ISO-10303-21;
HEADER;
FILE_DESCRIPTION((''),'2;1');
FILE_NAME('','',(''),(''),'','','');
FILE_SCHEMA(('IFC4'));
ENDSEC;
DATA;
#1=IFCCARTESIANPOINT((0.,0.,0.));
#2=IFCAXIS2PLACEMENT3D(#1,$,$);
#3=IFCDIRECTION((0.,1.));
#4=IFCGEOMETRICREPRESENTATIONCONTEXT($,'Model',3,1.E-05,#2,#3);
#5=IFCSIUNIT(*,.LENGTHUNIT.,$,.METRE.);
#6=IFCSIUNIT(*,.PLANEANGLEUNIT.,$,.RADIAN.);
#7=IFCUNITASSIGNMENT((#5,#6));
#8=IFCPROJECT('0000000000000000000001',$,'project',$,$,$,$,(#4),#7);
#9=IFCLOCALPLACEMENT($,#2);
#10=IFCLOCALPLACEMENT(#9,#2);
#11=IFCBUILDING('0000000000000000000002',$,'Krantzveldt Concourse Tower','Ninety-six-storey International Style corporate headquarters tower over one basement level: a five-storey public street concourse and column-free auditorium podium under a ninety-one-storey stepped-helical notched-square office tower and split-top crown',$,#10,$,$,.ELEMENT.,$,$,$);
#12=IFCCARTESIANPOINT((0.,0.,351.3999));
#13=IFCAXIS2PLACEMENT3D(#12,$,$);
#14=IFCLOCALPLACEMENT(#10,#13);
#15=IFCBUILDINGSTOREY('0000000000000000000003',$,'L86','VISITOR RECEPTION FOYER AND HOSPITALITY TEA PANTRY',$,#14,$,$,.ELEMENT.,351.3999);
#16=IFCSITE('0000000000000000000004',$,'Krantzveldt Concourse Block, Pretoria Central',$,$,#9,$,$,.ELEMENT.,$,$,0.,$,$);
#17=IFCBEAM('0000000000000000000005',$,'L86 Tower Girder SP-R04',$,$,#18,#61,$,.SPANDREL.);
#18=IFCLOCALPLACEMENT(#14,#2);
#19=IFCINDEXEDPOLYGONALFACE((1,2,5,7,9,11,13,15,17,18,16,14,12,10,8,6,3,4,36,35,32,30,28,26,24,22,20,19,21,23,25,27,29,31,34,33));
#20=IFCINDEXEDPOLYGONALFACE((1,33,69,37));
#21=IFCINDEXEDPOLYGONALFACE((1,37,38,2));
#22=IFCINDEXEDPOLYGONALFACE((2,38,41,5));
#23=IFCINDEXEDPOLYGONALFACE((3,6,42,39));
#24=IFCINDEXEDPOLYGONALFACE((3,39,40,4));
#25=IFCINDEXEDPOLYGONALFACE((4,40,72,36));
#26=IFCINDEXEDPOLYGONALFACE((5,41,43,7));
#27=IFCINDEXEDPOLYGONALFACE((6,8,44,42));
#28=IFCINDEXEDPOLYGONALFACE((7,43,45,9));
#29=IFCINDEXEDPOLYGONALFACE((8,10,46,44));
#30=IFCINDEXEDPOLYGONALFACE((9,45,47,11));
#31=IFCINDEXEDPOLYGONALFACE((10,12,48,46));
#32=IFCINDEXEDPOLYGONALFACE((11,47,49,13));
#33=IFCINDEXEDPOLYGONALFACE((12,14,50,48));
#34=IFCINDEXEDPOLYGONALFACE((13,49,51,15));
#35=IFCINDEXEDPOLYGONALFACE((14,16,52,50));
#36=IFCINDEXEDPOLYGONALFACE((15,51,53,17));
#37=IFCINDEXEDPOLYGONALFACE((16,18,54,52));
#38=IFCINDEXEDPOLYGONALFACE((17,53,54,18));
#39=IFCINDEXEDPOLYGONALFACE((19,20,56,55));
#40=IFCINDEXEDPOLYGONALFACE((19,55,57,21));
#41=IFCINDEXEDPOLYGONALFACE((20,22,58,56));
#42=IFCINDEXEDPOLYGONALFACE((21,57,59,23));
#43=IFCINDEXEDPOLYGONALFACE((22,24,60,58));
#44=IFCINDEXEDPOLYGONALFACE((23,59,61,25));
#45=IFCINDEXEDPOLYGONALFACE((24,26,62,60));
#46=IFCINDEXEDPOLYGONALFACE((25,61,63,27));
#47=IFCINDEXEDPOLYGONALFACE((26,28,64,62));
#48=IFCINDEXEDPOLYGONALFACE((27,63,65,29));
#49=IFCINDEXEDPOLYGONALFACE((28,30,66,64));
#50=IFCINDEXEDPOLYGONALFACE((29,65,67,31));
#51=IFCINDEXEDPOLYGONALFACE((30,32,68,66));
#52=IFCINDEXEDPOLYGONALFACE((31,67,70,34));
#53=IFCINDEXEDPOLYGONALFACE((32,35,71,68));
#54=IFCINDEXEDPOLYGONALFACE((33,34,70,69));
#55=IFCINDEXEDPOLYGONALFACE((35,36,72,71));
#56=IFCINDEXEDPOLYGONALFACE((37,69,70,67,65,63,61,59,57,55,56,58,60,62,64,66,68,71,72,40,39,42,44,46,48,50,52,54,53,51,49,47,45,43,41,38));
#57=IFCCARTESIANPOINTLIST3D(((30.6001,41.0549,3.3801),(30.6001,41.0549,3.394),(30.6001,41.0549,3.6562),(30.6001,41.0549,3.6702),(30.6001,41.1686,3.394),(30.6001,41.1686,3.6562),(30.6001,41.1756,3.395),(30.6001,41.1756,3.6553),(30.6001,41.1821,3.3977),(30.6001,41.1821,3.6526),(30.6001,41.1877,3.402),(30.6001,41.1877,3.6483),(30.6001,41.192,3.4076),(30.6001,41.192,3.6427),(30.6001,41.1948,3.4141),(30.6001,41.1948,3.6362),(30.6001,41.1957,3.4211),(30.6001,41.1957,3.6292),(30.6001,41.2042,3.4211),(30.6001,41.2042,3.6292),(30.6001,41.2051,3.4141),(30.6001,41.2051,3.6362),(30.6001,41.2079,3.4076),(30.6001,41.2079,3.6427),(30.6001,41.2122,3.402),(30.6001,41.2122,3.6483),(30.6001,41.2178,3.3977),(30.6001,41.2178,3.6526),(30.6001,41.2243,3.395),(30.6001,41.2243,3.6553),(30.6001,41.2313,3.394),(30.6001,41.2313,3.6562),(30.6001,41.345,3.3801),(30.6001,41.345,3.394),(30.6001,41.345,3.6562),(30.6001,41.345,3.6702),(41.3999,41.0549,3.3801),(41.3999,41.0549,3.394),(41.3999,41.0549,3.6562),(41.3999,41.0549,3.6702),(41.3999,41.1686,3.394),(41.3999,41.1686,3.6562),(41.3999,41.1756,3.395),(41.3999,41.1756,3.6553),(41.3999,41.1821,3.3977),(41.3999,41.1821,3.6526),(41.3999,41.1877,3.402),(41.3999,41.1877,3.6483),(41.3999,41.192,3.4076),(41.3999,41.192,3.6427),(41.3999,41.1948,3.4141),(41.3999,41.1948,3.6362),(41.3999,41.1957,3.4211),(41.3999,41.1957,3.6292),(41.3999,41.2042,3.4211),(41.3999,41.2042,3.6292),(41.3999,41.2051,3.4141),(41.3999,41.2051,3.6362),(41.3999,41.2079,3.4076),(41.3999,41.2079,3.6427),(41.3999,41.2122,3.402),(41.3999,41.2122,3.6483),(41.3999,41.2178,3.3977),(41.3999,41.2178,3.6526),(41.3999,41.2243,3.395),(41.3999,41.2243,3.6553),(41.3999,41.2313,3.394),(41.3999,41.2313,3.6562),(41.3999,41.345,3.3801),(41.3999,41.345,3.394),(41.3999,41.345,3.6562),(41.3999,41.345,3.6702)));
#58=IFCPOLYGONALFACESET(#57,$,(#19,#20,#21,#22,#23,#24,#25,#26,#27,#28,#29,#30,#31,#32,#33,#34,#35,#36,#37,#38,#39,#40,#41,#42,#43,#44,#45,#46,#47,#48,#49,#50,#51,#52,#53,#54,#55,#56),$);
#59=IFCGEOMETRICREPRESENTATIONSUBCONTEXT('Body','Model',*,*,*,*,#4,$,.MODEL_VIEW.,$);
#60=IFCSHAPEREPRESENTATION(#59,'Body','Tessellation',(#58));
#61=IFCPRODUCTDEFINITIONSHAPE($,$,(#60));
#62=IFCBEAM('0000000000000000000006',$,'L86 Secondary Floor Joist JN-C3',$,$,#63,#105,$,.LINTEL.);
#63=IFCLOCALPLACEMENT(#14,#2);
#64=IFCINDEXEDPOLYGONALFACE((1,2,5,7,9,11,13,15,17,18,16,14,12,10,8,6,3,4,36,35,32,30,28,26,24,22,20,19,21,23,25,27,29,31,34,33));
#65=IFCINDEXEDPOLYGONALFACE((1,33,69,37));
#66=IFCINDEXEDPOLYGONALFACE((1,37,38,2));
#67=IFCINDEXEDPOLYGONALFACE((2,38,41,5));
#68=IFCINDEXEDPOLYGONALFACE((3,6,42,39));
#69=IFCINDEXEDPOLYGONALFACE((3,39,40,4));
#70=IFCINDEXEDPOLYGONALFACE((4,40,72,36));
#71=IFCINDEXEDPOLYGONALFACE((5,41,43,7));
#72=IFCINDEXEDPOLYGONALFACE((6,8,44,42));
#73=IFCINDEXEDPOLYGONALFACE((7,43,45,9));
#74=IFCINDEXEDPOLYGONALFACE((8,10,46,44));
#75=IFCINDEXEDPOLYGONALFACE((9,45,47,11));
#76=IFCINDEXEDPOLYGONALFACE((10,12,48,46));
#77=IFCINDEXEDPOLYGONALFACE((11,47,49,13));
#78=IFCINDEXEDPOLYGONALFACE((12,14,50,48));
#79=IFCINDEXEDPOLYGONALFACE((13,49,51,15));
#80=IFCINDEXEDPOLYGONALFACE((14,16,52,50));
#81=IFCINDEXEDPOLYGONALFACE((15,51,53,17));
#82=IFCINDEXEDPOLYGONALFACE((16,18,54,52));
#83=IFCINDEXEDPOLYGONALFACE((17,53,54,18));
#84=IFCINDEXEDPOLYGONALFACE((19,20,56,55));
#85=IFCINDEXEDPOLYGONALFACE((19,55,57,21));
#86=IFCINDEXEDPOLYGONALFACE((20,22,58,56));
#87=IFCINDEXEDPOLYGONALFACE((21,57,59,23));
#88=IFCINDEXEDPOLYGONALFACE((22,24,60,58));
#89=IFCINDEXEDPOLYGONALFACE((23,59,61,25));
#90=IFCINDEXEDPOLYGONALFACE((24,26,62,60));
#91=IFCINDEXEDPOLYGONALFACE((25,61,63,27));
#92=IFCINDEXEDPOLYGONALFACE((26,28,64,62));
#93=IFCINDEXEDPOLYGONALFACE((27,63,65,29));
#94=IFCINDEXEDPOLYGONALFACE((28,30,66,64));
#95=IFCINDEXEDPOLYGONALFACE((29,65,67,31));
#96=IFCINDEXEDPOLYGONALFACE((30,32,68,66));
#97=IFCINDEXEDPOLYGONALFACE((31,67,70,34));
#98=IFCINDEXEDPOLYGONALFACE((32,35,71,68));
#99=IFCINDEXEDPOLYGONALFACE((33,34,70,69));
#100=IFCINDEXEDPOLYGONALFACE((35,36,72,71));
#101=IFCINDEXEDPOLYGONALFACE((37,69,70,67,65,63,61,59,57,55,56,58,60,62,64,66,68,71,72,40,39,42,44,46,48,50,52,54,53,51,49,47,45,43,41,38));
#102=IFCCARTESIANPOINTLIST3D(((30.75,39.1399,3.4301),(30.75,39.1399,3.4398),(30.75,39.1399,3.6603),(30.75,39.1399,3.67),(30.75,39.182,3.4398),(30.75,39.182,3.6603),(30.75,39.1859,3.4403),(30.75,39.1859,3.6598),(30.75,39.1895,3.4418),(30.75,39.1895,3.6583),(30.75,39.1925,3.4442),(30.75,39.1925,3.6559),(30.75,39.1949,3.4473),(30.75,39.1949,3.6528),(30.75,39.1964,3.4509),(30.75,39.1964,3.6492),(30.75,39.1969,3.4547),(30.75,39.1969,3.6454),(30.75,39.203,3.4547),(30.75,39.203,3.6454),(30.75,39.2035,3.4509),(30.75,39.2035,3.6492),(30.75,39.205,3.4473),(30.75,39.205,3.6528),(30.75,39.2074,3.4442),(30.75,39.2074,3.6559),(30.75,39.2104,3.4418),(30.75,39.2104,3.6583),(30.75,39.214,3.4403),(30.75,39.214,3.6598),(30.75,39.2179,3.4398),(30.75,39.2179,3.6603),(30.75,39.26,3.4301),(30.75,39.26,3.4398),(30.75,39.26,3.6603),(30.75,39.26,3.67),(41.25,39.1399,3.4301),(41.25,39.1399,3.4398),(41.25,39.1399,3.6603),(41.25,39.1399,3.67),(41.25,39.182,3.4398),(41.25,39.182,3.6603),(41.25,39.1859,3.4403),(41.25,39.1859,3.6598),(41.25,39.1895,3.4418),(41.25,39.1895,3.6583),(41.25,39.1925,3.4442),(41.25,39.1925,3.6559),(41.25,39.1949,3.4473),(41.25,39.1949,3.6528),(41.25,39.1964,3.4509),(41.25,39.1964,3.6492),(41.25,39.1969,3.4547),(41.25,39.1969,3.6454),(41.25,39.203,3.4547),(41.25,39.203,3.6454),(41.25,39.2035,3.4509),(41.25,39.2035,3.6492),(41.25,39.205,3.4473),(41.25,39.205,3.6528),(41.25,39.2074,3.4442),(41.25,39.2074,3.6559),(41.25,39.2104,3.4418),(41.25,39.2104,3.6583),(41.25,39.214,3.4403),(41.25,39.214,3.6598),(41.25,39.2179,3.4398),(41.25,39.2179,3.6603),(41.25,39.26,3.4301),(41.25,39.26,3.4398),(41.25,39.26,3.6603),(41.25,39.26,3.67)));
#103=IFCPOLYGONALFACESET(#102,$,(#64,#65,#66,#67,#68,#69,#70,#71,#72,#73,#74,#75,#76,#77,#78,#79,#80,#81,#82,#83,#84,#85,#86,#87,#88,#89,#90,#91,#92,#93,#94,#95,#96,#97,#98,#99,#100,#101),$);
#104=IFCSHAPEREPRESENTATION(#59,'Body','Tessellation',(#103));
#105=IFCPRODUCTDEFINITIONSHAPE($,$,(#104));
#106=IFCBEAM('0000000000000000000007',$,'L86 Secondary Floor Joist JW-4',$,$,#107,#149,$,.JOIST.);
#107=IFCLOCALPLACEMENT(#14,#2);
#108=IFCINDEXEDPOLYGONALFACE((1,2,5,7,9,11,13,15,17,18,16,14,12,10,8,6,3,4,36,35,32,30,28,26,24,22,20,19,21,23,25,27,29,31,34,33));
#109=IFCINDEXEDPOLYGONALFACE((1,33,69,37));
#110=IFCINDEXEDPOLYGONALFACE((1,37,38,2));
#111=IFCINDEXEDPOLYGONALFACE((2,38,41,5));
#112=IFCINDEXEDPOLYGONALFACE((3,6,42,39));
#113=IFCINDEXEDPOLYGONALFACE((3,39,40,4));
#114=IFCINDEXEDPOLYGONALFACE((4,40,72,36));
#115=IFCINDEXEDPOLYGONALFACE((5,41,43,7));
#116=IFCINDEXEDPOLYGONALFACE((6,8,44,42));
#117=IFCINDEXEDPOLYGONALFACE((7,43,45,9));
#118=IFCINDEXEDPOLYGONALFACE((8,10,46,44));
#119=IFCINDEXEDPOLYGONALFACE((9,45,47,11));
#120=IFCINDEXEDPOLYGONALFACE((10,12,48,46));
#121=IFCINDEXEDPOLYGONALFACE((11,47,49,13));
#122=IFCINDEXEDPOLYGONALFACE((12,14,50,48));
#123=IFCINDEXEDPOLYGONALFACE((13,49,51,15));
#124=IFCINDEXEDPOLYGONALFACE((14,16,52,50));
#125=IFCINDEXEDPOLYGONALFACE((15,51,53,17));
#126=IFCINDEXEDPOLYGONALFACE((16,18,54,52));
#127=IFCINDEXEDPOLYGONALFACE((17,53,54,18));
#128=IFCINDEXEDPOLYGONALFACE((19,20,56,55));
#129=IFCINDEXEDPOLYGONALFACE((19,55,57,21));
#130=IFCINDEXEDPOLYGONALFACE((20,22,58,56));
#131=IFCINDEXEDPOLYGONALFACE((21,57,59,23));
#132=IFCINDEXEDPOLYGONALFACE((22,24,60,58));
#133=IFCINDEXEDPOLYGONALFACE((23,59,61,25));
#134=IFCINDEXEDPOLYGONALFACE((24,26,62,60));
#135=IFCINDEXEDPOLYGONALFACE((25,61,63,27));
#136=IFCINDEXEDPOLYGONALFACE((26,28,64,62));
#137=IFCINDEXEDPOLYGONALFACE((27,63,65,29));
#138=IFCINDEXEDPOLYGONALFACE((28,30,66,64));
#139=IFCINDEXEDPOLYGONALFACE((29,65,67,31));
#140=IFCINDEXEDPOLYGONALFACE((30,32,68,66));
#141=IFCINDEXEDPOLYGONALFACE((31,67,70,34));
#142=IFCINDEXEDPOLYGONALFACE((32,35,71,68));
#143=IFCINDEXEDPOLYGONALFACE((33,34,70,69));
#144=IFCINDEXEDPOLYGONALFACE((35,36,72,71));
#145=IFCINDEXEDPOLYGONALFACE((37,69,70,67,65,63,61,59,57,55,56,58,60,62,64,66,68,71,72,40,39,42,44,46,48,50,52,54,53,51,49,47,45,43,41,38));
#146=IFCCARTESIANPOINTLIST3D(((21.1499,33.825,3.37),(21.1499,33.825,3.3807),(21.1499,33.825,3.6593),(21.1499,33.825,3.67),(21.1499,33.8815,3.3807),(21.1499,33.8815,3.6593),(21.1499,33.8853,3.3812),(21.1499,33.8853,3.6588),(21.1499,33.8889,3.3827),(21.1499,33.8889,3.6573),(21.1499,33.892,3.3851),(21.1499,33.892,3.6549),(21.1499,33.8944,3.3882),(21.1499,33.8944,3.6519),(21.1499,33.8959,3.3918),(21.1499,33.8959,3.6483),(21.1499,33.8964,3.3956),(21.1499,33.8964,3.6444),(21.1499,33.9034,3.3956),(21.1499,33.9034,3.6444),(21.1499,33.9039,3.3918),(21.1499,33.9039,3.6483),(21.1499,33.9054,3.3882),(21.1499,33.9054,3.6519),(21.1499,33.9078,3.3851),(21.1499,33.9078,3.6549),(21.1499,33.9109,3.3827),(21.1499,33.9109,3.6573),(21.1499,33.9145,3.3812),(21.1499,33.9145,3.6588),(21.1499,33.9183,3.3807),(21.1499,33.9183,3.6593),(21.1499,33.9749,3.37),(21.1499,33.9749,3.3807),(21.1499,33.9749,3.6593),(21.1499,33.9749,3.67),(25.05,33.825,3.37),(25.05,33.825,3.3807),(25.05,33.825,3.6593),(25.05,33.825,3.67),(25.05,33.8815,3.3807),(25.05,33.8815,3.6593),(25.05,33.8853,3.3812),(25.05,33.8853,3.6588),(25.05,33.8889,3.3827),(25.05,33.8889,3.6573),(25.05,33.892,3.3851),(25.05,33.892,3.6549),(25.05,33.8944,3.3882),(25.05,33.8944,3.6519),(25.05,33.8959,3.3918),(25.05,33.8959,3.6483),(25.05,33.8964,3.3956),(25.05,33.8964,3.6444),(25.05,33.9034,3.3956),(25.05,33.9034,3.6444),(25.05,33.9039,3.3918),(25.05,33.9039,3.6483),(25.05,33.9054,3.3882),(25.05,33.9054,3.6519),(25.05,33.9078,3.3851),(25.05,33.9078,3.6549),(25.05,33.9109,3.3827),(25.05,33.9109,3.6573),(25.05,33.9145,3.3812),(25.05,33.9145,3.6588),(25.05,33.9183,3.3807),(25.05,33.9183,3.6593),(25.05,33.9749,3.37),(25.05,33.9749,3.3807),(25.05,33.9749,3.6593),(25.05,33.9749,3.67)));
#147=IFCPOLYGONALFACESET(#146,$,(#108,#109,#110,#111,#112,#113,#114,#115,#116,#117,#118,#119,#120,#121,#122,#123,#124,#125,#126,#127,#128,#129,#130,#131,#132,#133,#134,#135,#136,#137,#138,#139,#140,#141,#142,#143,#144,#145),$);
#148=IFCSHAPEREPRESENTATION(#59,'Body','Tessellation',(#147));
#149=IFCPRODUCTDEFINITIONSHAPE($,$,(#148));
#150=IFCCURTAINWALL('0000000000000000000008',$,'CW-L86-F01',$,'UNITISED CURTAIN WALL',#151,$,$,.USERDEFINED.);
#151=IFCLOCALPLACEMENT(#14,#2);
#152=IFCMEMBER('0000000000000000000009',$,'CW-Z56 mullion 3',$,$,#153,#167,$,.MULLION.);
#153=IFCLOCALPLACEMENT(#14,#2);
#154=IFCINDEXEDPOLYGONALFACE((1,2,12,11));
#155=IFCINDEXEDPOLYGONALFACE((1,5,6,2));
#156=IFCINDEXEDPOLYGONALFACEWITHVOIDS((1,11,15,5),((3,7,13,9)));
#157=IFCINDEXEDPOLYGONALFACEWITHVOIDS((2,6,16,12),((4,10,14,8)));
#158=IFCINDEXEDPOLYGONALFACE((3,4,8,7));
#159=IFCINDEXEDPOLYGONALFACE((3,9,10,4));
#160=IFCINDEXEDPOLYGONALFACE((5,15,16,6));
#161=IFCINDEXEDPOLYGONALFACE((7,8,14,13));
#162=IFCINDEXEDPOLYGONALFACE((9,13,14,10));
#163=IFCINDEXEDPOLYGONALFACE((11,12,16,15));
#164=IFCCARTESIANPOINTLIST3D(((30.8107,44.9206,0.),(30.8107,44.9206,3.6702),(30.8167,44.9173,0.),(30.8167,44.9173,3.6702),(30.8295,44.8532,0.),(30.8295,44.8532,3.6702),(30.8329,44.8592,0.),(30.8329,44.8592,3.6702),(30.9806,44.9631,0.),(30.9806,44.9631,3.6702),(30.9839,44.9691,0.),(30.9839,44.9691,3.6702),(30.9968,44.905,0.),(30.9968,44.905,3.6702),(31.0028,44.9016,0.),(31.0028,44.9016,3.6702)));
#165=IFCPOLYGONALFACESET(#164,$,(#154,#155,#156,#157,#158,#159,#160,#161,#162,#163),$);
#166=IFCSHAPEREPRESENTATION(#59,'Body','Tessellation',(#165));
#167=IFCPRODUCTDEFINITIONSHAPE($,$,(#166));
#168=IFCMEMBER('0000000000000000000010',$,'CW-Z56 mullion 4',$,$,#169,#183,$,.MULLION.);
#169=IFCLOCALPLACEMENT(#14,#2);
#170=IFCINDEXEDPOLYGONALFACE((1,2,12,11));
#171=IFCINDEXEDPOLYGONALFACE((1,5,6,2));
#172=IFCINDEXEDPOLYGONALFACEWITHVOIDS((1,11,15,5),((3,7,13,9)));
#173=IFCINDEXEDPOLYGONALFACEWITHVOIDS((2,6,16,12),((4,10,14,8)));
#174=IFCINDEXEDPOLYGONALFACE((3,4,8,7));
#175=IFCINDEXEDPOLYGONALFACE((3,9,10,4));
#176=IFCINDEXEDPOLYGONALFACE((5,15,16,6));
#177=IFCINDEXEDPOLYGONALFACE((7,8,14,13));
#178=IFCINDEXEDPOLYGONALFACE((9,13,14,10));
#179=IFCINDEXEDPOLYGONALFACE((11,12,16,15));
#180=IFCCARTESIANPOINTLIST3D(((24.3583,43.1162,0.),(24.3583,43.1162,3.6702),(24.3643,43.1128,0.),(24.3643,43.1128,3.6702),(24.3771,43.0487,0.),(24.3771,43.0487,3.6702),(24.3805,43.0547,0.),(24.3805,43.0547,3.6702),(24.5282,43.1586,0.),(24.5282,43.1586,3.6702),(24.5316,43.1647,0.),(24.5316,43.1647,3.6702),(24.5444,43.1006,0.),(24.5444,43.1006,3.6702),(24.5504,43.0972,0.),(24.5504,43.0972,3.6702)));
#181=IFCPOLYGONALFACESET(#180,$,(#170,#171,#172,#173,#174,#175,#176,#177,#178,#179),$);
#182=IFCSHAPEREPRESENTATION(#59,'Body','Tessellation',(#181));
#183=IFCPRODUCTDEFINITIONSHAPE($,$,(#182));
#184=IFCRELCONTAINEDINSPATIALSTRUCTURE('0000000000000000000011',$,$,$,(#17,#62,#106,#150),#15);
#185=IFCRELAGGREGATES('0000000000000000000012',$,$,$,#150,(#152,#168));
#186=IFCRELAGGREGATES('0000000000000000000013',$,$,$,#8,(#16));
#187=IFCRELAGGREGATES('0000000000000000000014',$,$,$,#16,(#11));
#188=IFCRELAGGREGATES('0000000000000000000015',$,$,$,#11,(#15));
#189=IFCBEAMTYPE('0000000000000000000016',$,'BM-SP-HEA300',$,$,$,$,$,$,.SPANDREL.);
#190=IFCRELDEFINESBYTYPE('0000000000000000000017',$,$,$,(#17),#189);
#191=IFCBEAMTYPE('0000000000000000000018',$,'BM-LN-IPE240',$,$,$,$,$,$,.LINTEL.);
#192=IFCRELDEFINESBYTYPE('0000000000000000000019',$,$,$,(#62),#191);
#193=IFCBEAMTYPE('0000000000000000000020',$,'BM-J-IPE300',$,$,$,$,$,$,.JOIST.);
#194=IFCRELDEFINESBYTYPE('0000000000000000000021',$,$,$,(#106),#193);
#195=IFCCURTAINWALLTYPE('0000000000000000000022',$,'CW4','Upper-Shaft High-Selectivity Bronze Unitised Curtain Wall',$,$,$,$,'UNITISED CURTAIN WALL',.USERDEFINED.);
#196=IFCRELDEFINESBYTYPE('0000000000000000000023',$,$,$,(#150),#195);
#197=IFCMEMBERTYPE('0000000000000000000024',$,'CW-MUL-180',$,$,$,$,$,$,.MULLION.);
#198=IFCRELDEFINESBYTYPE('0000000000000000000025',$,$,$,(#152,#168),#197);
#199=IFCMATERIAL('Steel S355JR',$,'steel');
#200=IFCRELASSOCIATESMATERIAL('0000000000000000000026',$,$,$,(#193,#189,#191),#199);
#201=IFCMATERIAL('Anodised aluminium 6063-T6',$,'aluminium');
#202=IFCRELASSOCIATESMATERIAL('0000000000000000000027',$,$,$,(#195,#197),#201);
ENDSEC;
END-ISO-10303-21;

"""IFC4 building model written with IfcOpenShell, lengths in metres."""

from ifc_helpers import new_model, si_unit, direction, frame, origin, origin_2d, place, context, subcontext, project, spatial, hollow_rectangle, i_section, extrude, source, transform, mapped, material, material_profile, profile_set, type_object, type_shapes, element, aggregate, save


model = new_model("IFC4")

# Units and contexts
model_context = context("Model", 3, precision=1e-05, world=origin(), true_north=direction((0.0, 1.0)))
body_context = subcontext(model_context, "Body", "Model", "MODEL_VIEW")
ifc_project = project(units=[si_unit("LENGTHUNIT", "METRE"), si_unit("PLANEANGLEUNIT", "RADIAN")], contexts=[model_context])

# Site, building, storey
site_placement = place(None, origin())
site = spatial("IfcSite", under=ifc_project, at=site_placement, Name="Krantzveldt Concourse Block, Pretoria Central", CompositionType="ELEMENT", RefElevation=0.0)
building_placement = place(site_placement, origin())
building = spatial("IfcBuilding", under=site, at=building_placement, Name="Krantzveldt Concourse Tower", Description="Ninety-six-storey International Style corporate headquarters tower over one basement level: a five-storey public street concourse and column-free auditorium podium under a ninety-one-storey stepped-helical notched-square office tower and split-top crown", CompositionType="ELEMENT")
storey_placement = place(building_placement, frame((0.0, 0.0, 351.3999)))
storey = spatial("IfcBuildingStorey", under=building, at=storey_placement, Name="L86", Description="VISITOR RECEPTION FOYER AND HOSPITALITY TEA PANTRY", CompositionType="ELEMENT", Elevation=351.3999)

# Beams
ifc_material_1 = material(Name="Steel S355JR", Category="steel")
ifc_material_profile_1 = material_profile(ifc_material_1, i_section(OverallWidth=0.1499, OverallDepth=0.3, WebThickness=0.0071, FlangeThickness=0.0107, FilletRadius=0.0149, at=origin_2d()), Name="Steel S355JR", Category="steel")
ifc_profile_set_1 = profile_set([ifc_material_profile_1], Name="Steel S355JR - IPE 300")
beam_type_1 = type_object("IfcBeamType", Name="BM-J-IPE300", PredefinedType="JOIST", material=ifc_profile_set_1)
ifc_material_profile_2 = material_profile(ifc_material_1, i_section(OverallWidth=0.29, OverallDepth=0.29, WebThickness=0.0085, FlangeThickness=0.0139, FilletRadius=0.0271, at=origin_2d()), Name="Steel S355JR", Category="steel")
ifc_profile_set_2 = profile_set([ifc_material_profile_2], Name="Steel S355JR - HEA 300")
beam_type_2 = type_object("IfcBeamType", Name="BM-SP-HEA300", PredefinedType="SPANDREL", material=ifc_profile_set_2)
shared_shape_1 = source(origin(), body_context, "Body", "SweptSolid", [
    extrude(i_section(OverallWidth=0.29, OverallDepth=0.29, WebThickness=0.0085, FlangeThickness=0.0139, FilletRadius=0.0271, at=origin_2d()), origin(), (0.0, 0.0, 1.0), 10.7998),
])
beam_1_placement = place(storey_placement, frame((30.6001, 41.2, 3.5251), z_axis=(1.0, 0.0, 0.0), x_axis=(0.0, 1.0, 0.0)))
element("IfcBeam", 1, at=beam_1_placement, inside=storey, type_object=beam_type_2, Name="L86 Tower Girder SP-R04", PredefinedType="SPANDREL", context=body_context, shape_type="MappedRepresentation", body=[
    mapped(shared_shape_1, transform((0.0, 0.0, 0.0), x_axis=(1.0, 0.0, 0.0), y_axis=(0.0, 1.0, 0.0), z_axis=(0.0, 0.0, 1.0), scale=1.0)),
])
ifc_material_profile_3 = material_profile(ifc_material_1, i_section(OverallWidth=0.1201, OverallDepth=0.24, WebThickness=0.0061, FlangeThickness=0.0098, FilletRadius=0.0149, at=origin_2d()), Name="Steel S355JR", Category="steel")
ifc_profile_set_3 = profile_set([ifc_material_profile_3], Name="Steel S355JR - IPE 240")
beam_type_3 = type_object("IfcBeamType", Name="BM-LN-IPE240", PredefinedType="LINTEL", material=ifc_profile_set_3)
shared_shape_2 = source(origin(), body_context, "Body", "SweptSolid", [
    extrude(i_section(OverallWidth=0.1201, OverallDepth=0.24, WebThickness=0.0061, FlangeThickness=0.0098, FilletRadius=0.0149, at=origin_2d()), origin(), (0.0, 0.0, 1.0), 10.5),
])
type_shapes(beam_type_3, [shared_shape_2])
beam_2_placement = place(storey_placement, frame((30.75, 39.2, 3.55), z_axis=(1.0, 0.0, 0.0), x_axis=(0.0, 1.0, 0.0)))
element("IfcBeam", 2, at=beam_2_placement, inside=storey, type_object=beam_type_3, Name="L86 Secondary Floor Joist JN-C3", PredefinedType="LINTEL", context=body_context, shape_type="MappedRepresentation", body=[
    mapped(shared_shape_2, transform((0.0, 0.0, 0.0), x_axis=(1.0, 0.0, 0.0), y_axis=(0.0, 1.0, 0.0), z_axis=(0.0, 0.0, 1.0), scale=1.0)),
])
shared_shape_3 = source(origin(), body_context, "Body", "SweptSolid", [
    extrude(i_section(OverallWidth=0.1499, OverallDepth=0.3, WebThickness=0.0071, FlangeThickness=0.0107, FilletRadius=0.0149, at=origin_2d()), origin(), (0.0, 0.0, 1.0), 3.9001),
])
beam_3_placement = place(storey_placement, frame((21.1499, 33.8999, 3.52), z_axis=(1.0, 0.0, 0.0), x_axis=(0.0, 1.0, 0.0)))
element("IfcBeam", 3, at=beam_3_placement, inside=storey, type_object=beam_type_1, Name="L86 Secondary Floor Joist JW-4", PredefinedType="JOIST", context=body_context, shape_type="MappedRepresentation", body=[
    mapped(shared_shape_3, transform((0.0, 0.0, 0.0), x_axis=(1.0, 0.0, 0.0), y_axis=(0.0, 1.0, 0.0), z_axis=(0.0, 0.0, 1.0), scale=1.0)),
])

# Curtain wall, members
ifc_material_2 = material(Name="Anodised aluminium 6063-T6", Category="aluminium")
curtain_wall_type = type_object("IfcCurtainWallType", Name="CW4", Description="Upper-Shaft High-Selectivity Bronze Unitised Curtain Wall", ElementType="UNITISED CURTAIN WALL", PredefinedType="USERDEFINED", material=ifc_material_2)
curtain_wall_1_placement = place(storey_placement, origin())
curtain_wall_1 = element("IfcCurtainWall", 4, at=curtain_wall_1_placement, inside=storey, type_object=curtain_wall_type, Name="CW-L86-F01", ObjectType="UNITISED CURTAIN WALL", PredefinedType="USERDEFINED")
ifc_material_profile_4 = material_profile(ifc_material_2, hollow_rectangle(XDim=0.0701, YDim=0.1799, WallThickness=0.0049, at=origin_2d()), Name="Anodised aluminium 6063-T6", Category="aluminium")
ifc_profile_set_4 = profile_set([ifc_material_profile_4], Name="Anodised aluminium 6063-T6 - ALU-MULL 180x70x5")
member_type_1 = type_object("IfcMemberType", Name="CW-MUL-180", PredefinedType="MULLION", material=ifc_profile_set_4)
shared_shape_4 = source(origin(), body_context, "Body", "SweptSolid", [
    extrude(hollow_rectangle(XDim=0.0701, YDim=0.1799, WallThickness=0.0049, at=origin_2d()), origin(), (0.0, 0.0, 1.0), 3.6702),
])
type_shapes(member_type_1, [shared_shape_4])
member_1_placement = place(storey_placement, frame((30.9067, 44.9111, 0.0), z_axis=(0.0, 0.0, 1.0), x_axis=(0.26934, -0.963045, 0.0)))
member_1 = element("IfcMember", 5, at=member_1_placement, type_object=member_type_1, Name="CW-Z56 mullion 3", PredefinedType="MULLION", context=body_context, shape_type="MappedRepresentation", body=[
    mapped(shared_shape_4, transform((0.0, 0.0, 0.0), x_axis=(1.0, 0.0, 0.0), y_axis=(0.0, 1.0, 0.0), z_axis=(0.0, 0.0, 1.0), scale=1.0)),
])
member_2_placement = place(storey_placement, frame((24.4543, 43.1067, 0.0), z_axis=(0.0, 0.0, 1.0), x_axis=(0.26934, -0.963045, 0.0)))
member_2 = element("IfcMember", 6, at=member_2_placement, type_object=member_type_1, Name="CW-Z56 mullion 4", PredefinedType="MULLION", context=body_context, shape_type="MappedRepresentation", body=[
    mapped(shared_shape_4, transform((0.0, 0.0, 0.0), x_axis=(1.0, 0.0, 0.0), y_axis=(0.0, 1.0, 0.0), z_axis=(0.0, 0.0, 1.0), scale=1.0)),
])

aggregate(curtain_wall_1, [member_1, member_2])

save(model, "model.ifc")
